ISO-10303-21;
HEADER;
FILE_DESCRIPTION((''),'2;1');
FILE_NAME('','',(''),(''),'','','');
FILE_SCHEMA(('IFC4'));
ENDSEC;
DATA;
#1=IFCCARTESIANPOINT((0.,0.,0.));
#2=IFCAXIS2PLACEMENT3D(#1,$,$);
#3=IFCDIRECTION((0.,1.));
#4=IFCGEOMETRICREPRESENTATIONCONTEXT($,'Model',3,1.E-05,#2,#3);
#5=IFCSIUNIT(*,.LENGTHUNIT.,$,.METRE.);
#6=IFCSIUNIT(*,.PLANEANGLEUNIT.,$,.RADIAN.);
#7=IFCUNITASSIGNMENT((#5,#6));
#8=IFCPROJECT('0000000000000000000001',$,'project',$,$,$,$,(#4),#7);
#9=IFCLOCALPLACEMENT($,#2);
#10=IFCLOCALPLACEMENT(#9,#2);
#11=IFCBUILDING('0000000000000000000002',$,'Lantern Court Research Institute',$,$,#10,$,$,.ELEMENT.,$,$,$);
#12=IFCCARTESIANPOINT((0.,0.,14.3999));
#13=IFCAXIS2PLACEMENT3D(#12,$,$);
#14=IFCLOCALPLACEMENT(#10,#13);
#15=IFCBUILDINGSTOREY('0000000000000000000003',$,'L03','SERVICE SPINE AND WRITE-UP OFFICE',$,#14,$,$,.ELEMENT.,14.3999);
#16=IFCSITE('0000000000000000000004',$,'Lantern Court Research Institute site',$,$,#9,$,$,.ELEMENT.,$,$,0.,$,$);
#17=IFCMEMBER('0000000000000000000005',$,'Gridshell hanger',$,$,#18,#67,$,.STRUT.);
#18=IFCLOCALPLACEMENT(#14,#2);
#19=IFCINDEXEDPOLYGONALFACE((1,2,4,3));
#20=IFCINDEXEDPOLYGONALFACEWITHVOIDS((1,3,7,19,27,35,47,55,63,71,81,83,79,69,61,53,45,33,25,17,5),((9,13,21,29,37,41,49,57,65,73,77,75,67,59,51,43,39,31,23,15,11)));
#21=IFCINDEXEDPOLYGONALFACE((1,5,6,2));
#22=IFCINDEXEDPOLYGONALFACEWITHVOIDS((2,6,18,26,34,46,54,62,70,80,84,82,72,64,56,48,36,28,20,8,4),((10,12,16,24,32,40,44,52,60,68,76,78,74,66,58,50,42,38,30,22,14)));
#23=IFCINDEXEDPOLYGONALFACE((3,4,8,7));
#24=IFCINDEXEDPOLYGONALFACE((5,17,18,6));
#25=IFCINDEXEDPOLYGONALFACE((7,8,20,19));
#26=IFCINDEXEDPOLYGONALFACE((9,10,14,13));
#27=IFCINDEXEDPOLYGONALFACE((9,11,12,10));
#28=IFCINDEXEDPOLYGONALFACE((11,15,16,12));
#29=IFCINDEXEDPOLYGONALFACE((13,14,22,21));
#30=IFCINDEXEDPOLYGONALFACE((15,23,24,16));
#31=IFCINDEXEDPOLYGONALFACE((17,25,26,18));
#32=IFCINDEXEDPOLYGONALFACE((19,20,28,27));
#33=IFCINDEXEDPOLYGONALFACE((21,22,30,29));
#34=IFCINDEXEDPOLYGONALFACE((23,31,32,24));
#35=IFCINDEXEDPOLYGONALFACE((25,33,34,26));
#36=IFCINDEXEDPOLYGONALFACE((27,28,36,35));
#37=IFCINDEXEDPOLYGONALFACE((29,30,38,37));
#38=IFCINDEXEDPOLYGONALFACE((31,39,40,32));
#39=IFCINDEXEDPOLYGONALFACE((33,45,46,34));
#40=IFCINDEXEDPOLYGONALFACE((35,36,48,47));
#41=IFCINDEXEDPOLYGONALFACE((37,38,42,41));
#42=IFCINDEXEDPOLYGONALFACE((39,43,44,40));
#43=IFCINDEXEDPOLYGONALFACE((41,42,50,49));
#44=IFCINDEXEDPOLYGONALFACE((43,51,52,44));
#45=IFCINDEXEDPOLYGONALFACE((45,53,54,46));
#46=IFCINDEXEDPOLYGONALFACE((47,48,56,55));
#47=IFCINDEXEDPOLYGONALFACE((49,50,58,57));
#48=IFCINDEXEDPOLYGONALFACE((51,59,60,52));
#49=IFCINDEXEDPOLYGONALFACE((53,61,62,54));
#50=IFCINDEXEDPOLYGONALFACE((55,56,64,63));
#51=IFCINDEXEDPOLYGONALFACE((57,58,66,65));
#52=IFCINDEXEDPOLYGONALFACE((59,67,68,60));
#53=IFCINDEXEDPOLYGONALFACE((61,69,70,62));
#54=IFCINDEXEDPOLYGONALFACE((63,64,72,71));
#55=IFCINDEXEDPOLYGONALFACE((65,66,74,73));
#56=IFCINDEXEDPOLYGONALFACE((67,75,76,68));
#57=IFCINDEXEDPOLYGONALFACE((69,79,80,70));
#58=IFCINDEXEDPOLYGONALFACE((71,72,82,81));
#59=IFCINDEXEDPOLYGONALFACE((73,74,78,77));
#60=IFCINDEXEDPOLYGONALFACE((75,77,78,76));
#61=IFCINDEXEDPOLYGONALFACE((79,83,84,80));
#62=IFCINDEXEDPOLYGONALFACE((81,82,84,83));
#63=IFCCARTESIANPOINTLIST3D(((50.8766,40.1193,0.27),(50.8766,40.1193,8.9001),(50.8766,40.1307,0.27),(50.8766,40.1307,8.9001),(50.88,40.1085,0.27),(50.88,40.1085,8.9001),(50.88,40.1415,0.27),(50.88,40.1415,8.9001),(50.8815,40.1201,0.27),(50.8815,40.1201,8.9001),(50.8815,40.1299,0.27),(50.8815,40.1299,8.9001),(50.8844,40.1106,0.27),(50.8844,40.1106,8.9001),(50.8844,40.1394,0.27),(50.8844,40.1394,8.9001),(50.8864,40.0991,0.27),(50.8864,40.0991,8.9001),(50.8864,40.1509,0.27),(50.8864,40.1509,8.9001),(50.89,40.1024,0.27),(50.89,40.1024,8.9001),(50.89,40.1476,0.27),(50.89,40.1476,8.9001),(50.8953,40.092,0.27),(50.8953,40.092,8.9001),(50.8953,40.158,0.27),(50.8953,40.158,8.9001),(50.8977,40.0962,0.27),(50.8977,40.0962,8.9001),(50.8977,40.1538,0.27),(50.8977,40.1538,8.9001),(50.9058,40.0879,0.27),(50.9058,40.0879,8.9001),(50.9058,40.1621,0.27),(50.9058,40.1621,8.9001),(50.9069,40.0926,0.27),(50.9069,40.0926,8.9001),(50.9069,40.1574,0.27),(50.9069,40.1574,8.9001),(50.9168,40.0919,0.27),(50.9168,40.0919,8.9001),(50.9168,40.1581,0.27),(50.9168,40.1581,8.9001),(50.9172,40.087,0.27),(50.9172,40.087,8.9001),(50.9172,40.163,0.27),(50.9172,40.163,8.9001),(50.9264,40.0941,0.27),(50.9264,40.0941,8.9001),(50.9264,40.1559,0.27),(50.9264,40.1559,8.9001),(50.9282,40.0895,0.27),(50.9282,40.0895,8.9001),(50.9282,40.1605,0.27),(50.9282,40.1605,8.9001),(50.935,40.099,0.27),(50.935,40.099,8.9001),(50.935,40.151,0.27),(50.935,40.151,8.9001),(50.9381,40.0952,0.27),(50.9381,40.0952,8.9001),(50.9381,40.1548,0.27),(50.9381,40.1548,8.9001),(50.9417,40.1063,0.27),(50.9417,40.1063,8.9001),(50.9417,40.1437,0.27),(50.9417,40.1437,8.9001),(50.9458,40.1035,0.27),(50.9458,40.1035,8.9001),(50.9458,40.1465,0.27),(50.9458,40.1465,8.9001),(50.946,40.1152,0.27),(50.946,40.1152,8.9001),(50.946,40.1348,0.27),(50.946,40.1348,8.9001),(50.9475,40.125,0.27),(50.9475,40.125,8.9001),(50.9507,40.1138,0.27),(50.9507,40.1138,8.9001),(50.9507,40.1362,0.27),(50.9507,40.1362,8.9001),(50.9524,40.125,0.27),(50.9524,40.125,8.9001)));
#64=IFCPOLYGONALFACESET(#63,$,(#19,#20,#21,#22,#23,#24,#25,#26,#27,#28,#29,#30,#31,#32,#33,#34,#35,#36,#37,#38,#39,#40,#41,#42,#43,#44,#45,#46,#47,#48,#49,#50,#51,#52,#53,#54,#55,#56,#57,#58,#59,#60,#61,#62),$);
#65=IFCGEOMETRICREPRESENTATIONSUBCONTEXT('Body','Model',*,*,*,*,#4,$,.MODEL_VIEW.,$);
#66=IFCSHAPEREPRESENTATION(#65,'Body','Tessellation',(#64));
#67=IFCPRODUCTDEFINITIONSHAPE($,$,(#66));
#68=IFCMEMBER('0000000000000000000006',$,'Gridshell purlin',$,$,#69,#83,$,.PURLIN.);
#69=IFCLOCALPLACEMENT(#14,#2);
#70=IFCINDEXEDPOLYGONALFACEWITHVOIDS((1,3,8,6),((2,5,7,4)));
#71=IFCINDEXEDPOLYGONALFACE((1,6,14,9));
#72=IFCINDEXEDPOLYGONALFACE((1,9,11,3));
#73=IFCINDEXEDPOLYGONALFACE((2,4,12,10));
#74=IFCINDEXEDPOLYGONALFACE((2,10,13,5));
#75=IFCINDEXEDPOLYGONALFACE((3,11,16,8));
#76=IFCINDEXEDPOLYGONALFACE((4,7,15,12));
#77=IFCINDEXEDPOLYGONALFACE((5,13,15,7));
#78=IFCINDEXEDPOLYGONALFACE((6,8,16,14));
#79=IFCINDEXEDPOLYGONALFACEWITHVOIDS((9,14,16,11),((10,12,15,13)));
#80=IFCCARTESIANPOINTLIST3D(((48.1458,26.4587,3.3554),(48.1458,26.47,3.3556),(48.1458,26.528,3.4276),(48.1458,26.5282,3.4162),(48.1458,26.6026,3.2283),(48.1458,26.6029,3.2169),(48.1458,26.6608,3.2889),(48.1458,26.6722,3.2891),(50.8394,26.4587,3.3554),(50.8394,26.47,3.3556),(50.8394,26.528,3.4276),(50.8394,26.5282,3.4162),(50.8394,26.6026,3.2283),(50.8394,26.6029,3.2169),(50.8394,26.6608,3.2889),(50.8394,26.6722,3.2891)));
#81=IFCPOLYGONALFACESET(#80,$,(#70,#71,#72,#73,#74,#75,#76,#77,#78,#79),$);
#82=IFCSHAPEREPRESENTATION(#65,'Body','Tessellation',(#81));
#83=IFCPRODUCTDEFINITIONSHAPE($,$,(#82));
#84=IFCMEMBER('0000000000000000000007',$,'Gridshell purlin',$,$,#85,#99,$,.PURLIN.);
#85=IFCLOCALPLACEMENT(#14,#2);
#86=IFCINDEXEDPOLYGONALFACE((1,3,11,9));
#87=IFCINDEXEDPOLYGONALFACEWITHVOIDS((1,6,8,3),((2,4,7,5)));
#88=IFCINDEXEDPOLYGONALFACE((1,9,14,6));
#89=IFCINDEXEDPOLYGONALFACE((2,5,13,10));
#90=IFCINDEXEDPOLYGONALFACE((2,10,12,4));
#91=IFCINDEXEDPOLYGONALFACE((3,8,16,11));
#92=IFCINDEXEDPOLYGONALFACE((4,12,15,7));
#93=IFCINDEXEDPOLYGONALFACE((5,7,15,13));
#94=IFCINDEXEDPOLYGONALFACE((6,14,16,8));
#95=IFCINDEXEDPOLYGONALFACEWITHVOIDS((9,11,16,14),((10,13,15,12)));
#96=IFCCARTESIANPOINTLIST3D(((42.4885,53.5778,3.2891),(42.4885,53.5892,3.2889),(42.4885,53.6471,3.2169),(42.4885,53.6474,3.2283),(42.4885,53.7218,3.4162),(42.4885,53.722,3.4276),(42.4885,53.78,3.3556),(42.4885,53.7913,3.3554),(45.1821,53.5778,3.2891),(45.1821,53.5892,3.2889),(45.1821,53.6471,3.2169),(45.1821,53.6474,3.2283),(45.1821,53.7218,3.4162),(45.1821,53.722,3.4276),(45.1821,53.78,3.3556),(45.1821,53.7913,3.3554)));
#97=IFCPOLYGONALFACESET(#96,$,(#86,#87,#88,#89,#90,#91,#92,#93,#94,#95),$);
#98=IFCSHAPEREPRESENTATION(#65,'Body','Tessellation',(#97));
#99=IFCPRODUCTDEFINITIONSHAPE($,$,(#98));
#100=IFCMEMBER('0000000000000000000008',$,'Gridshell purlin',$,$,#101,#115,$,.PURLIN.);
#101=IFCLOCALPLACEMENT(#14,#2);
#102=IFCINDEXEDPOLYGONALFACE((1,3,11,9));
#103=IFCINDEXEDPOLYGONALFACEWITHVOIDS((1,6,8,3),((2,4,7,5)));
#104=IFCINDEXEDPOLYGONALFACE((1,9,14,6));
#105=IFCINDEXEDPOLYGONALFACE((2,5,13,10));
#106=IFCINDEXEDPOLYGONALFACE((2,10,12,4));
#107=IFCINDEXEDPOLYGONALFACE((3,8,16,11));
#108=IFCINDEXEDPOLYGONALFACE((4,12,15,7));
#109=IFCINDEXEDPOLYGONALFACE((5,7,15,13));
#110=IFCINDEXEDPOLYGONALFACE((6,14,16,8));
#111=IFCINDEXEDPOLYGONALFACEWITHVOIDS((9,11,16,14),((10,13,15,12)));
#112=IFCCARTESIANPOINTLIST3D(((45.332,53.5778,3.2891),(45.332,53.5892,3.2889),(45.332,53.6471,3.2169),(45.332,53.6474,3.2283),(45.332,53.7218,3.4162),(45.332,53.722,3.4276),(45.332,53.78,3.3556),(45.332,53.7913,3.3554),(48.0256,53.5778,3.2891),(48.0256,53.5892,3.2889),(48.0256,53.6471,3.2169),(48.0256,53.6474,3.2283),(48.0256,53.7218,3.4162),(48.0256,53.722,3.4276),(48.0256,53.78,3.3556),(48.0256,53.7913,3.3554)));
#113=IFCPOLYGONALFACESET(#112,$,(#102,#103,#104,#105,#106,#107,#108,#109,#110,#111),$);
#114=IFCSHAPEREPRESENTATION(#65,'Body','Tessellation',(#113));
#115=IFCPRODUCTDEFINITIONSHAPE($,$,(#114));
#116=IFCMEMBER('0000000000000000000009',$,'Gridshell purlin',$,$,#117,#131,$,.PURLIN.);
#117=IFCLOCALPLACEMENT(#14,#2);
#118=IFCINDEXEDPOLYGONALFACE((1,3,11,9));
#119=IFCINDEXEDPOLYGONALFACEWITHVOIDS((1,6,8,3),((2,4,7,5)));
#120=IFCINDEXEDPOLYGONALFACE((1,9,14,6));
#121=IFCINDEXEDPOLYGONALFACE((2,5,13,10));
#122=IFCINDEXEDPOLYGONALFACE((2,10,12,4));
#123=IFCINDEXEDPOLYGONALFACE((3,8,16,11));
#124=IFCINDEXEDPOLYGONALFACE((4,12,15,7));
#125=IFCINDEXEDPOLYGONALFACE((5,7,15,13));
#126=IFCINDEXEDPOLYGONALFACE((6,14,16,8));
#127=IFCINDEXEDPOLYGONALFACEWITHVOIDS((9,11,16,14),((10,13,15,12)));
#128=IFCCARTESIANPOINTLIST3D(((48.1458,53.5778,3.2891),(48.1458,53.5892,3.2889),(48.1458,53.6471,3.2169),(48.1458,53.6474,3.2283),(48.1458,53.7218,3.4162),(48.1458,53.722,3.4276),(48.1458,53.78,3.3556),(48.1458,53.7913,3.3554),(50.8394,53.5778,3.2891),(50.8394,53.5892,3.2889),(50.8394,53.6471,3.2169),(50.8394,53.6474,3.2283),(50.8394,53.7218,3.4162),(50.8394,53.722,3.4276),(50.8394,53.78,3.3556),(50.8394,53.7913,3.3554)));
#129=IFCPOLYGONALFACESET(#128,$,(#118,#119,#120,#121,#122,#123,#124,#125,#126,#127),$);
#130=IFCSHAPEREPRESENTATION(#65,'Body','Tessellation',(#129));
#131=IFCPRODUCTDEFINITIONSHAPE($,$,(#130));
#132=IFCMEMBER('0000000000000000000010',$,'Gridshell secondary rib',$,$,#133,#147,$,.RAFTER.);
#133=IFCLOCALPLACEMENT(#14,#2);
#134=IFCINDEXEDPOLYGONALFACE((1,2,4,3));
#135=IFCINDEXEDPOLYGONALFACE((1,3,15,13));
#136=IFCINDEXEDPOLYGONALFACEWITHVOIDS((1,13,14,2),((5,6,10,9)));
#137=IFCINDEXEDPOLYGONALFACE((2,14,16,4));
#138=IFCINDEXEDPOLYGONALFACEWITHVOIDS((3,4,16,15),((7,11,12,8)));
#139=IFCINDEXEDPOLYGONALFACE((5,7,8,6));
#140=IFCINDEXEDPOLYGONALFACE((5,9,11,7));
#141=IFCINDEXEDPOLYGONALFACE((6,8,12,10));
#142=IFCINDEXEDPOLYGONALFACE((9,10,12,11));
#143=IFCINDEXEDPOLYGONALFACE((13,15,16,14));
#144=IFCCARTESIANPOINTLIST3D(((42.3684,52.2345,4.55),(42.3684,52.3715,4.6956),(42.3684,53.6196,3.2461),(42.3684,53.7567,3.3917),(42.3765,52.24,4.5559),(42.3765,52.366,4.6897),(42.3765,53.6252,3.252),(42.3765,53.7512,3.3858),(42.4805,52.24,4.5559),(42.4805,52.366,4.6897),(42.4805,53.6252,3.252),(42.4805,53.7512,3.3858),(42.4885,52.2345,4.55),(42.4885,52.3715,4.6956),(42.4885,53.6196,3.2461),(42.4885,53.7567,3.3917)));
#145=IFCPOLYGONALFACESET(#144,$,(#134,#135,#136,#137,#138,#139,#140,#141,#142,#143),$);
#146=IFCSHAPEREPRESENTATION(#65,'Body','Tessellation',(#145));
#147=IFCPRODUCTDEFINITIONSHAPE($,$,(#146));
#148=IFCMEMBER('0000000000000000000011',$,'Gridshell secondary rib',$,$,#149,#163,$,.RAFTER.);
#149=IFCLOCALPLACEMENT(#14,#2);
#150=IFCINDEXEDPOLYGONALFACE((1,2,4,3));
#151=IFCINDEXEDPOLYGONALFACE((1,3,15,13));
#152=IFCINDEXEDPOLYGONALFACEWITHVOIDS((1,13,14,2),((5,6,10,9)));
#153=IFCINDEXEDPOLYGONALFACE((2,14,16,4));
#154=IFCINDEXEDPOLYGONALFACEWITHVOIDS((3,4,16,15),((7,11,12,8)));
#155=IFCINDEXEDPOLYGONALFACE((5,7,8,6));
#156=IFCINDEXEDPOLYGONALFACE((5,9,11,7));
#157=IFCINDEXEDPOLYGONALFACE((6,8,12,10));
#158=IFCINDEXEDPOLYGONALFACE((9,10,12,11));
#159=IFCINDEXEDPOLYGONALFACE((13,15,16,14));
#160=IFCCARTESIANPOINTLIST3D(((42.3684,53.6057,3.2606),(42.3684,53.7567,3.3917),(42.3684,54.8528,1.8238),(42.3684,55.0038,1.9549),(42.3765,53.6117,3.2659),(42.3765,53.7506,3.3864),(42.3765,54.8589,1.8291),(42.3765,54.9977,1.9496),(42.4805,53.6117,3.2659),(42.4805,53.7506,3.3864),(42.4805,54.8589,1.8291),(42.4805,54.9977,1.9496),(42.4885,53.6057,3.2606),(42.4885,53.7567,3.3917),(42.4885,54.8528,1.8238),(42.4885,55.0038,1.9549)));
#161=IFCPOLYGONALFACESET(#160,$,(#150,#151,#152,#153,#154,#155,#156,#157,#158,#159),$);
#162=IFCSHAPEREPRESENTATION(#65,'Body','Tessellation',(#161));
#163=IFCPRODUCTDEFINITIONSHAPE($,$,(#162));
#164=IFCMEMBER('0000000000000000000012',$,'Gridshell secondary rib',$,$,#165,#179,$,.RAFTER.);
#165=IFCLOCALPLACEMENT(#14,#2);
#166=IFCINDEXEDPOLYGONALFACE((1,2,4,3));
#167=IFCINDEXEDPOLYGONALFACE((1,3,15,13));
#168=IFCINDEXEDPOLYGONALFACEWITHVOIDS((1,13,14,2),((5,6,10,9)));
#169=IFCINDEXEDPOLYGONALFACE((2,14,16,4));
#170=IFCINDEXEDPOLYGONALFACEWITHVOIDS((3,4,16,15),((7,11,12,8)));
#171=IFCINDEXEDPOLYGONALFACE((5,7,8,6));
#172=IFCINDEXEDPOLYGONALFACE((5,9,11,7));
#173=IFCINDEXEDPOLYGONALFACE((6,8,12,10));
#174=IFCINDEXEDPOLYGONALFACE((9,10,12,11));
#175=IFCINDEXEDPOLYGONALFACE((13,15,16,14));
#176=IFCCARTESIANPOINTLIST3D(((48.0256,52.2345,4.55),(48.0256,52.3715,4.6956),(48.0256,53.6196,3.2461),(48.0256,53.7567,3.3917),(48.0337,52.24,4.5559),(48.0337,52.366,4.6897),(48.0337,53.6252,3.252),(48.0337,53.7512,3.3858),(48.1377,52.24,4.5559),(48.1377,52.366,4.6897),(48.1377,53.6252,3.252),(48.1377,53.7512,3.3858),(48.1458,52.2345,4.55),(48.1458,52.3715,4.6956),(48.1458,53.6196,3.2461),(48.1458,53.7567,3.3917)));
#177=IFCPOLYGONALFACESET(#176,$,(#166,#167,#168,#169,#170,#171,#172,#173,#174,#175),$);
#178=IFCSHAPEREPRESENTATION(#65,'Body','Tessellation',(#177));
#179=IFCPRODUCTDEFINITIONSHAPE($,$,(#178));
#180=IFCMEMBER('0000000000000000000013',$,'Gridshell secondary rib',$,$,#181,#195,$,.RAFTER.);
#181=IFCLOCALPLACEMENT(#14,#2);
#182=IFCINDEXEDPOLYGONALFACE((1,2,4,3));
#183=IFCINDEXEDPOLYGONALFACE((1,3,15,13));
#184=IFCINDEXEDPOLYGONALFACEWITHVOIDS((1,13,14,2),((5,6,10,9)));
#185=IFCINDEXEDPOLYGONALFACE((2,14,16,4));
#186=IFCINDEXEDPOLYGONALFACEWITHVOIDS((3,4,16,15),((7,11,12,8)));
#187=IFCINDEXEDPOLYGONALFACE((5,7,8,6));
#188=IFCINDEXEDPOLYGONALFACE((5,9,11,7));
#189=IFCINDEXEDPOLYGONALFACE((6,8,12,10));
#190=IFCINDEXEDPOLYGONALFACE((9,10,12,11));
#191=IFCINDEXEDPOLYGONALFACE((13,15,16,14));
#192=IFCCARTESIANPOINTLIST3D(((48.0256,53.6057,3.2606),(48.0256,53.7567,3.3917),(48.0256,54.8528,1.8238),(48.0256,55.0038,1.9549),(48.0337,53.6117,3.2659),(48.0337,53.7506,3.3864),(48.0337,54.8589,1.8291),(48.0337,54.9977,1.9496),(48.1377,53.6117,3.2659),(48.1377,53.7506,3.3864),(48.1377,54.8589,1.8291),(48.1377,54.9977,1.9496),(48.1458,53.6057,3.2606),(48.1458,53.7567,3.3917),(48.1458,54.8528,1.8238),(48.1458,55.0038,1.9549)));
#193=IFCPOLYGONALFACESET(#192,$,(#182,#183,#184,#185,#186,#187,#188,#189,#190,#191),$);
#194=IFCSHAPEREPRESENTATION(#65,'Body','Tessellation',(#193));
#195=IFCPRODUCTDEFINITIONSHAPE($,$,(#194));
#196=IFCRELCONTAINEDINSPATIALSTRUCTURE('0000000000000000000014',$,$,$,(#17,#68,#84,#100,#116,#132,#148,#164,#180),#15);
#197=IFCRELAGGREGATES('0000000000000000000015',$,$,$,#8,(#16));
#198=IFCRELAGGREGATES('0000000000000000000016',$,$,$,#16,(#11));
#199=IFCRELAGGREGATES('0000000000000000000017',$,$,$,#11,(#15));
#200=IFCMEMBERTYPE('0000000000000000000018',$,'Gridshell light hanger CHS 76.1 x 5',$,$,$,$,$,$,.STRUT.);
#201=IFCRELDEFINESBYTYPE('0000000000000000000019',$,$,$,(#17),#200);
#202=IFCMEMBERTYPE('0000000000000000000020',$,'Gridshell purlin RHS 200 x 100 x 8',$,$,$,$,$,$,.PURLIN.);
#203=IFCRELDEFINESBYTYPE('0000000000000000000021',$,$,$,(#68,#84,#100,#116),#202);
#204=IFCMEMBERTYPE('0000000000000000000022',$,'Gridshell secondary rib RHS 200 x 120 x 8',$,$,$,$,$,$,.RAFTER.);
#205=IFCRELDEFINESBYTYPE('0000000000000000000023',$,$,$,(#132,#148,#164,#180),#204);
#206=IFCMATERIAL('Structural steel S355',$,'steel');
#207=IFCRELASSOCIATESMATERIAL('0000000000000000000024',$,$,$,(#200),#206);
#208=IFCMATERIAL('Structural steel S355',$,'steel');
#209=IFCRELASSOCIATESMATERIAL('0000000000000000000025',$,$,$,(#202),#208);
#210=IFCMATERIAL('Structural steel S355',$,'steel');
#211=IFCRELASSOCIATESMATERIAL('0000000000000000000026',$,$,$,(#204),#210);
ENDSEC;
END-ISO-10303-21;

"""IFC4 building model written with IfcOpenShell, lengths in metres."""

from ifc_helpers import new_model, si_unit, direction, frame, origin, origin_2d, place, context, subcontext, project, spatial, hollow_rectangle, hollow_circle, extrude, material, material_profile, profile_set, type_object, element, save


model = new_model("IFC4")

# Units and contexts
model_context = context("Model", 3, precision=1e-05, world=origin(), true_north=direction((0.0, 1.0)))
body_context = subcontext(model_context, "Body", "Model", "MODEL_VIEW")
ifc_project = project(units=[si_unit("LENGTHUNIT", "METRE"), si_unit("PLANEANGLEUNIT", "RADIAN")], contexts=[model_context])

# Site, building, storey
site_placement = place(None, origin())
site = spatial("IfcSite", under=ifc_project, at=site_placement, Name="Lantern Court Research Institute site", CompositionType="ELEMENT", RefElevation=0.0)
building_placement = place(site_placement, origin())
building = spatial("IfcBuilding", under=site, at=building_placement, Name="Lantern Court Research Institute", CompositionType="ELEMENT")
storey_placement = place(building_placement, frame((0.0, 0.0, 14.3999)))
storey = spatial("IfcBuildingStorey", under=building, at=storey_placement, Name="L03", Description="SERVICE SPINE AND WRITE-UP OFFICE", CompositionType="ELEMENT", Elevation=14.3999)

# Members
ifc_material_1 = material(Name="Structural steel S355", Category="steel")
ifc_material_profile_1 = material_profile(ifc_material_1, hollow_circle(Radius=0.0381, WallThickness=0.0049, at=origin_2d()), Name="Gridshell light hanger CHS 76.1 x 5")
ifc_profile_set_1 = profile_set([ifc_material_profile_1], Name="Structural steel S355")
member_type_1 = type_object("IfcMemberType", Name="Gridshell light hanger CHS 76.1 x 5", PredefinedType="STRUT", material=ifc_profile_set_1)
member_1_placement = place(storey_placement, frame((50.9143, 40.125, 0.27), z_axis=(0.0, 0.0, 1.0), x_axis=(1.0, 0.0, 0.0)))
element("IfcMember", 1, at=member_1_placement, inside=storey, type_object=member_type_1, Name="Gridshell hanger", PredefinedType="STRUT", context=body_context, shape_type="SweptSolid", body=[
    extrude(hollow_circle(Radius=0.0381, WallThickness=0.0049, at=origin_2d()), origin(), (0.0, 0.0, 1.0), 8.6301),
])
ifc_material_2 = material(Name="Structural steel S355", Category="steel")
ifc_material_profile_2 = material_profile(ifc_material_2, hollow_rectangle(XDim=0.1001, YDim=0.2, WallThickness=0.0081, at=origin_2d()), Name="Gridshell purlin RHS 200 x 100 x 8")
ifc_profile_set_2 = profile_set([ifc_material_profile_2], Name="Structural steel S355")
member_type_2 = type_object("IfcMemberType", Name="Gridshell purlin RHS 200 x 100 x 8", PredefinedType="PURLIN", material=ifc_profile_set_2)
for number, where, z_axis, x_axis, name in (
    (2, (48.1458, 26.5654, 3.3223), (1.0, 0.0, 0.0), (0.0, 0.692674, 0.721251), "Gridshell purlin"),
    (3, (42.4885, 53.6846, 3.3223), (1.0, 0.0, 0.0), (0.0, 0.692674, -0.721251), "Gridshell purlin"),
    (4, (45.332, 53.6846, 3.3223), (1.0, 0.0, 0.0), (0.0, 0.692674, -0.721251), "Gridshell purlin"),
    (5, (48.1458, 53.6846, 3.3223), (1.0, 0.0, 0.0), (0.0, 0.692674, -0.721251), "Gridshell purlin"),
):
    element("IfcMember", number, at=place(storey_placement, frame(where, z_axis=z_axis, x_axis=x_axis)), inside=storey, type_object=member_type_2, Name=name, PredefinedType="PURLIN", context=body_context, shape_type="SweptSolid", body=[
        extrude(hollow_rectangle(XDim=0.1001, YDim=0.2, WallThickness=0.0081, at=origin_2d()), origin(), (0.0, 0.0, 1.0), 2.6936),
    ])
ifc_material_3 = material(Name="Structural steel S355", Category="steel")
ifc_material_profile_3 = material_profile(ifc_material_3, hollow_rectangle(XDim=0.1201, YDim=0.2, WallThickness=0.0081, at=origin_2d()), Name="Gridshell secondary rib RHS 200 x 120 x 8")
ifc_profile_set_3 = profile_set([ifc_material_profile_3], Name="Structural steel S355")
member_type_3 = type_object("IfcMemberType", Name="Gridshell secondary rib RHS 200 x 120 x 8", PredefinedType="RAFTER", material=ifc_profile_set_3)
member_2_placement = place(storey_placement, frame((42.4285, 52.303, 4.6228), z_axis=(0.0, 0.728151, -0.685417), x_axis=(-1.0, 0.0, 0.0)))
element("IfcMember", 6, at=member_2_placement, inside=storey, type_object=member_type_3, Name="Gridshell secondary rib", PredefinedType="RAFTER", context=body_context, shape_type="SweptSolid", body=[
    extrude(hollow_rectangle(XDim=0.1201, YDim=0.2, WallThickness=0.0081, at=origin_2d()), origin(), (0.0, 0.0, 1.0), 1.9023),
])
member_3_placement = place(storey_placement, frame((42.4285, 53.6812, 3.3262), z_axis=(0.0, 0.655492, -0.755202), x_axis=(-1.0, 0.0, 0.0)))
element("IfcMember", 7, at=member_3_placement, inside=storey, type_object=member_type_3, Name="Gridshell secondary rib", PredefinedType="RAFTER", context=body_context, shape_type="SweptSolid", body=[
    extrude(hollow_rectangle(XDim=0.1201, YDim=0.2, WallThickness=0.0081, at=origin_2d()), origin(), (0.0, 0.0, 1.0), 1.9026),
])
member_4_placement = place(storey_placement, frame((48.0857, 52.303, 4.6228), z_axis=(0.0, 0.728151, -0.685417), x_axis=(-1.0, 0.0, 0.0)))
element("IfcMember", 8, at=member_4_placement, inside=storey, type_object=member_type_3, Name="Gridshell secondary rib", PredefinedType="RAFTER", context=body_context, shape_type="SweptSolid", body=[
    extrude(hollow_rectangle(XDim=0.1201, YDim=0.2, WallThickness=0.0081, at=origin_2d()), origin(), (0.0, 0.0, 1.0), 1.9023),
])
member_5_placement = place(storey_placement, frame((48.0857, 53.6812, 3.3262), z_axis=(0.0, 0.655492, -0.755202), x_axis=(-1.0, 0.0, 0.0)))
element("IfcMember", 9, at=member_5_placement, inside=storey, type_object=member_type_3, Name="Gridshell secondary rib", PredefinedType="RAFTER", context=body_context, shape_type="SweptSolid", body=[
    extrude(hollow_rectangle(XDim=0.1201, YDim=0.2, WallThickness=0.0081, at=origin_2d()), origin(), (0.0, 0.0, 1.0), 1.9026),
])

save(model, "model.ifc")
